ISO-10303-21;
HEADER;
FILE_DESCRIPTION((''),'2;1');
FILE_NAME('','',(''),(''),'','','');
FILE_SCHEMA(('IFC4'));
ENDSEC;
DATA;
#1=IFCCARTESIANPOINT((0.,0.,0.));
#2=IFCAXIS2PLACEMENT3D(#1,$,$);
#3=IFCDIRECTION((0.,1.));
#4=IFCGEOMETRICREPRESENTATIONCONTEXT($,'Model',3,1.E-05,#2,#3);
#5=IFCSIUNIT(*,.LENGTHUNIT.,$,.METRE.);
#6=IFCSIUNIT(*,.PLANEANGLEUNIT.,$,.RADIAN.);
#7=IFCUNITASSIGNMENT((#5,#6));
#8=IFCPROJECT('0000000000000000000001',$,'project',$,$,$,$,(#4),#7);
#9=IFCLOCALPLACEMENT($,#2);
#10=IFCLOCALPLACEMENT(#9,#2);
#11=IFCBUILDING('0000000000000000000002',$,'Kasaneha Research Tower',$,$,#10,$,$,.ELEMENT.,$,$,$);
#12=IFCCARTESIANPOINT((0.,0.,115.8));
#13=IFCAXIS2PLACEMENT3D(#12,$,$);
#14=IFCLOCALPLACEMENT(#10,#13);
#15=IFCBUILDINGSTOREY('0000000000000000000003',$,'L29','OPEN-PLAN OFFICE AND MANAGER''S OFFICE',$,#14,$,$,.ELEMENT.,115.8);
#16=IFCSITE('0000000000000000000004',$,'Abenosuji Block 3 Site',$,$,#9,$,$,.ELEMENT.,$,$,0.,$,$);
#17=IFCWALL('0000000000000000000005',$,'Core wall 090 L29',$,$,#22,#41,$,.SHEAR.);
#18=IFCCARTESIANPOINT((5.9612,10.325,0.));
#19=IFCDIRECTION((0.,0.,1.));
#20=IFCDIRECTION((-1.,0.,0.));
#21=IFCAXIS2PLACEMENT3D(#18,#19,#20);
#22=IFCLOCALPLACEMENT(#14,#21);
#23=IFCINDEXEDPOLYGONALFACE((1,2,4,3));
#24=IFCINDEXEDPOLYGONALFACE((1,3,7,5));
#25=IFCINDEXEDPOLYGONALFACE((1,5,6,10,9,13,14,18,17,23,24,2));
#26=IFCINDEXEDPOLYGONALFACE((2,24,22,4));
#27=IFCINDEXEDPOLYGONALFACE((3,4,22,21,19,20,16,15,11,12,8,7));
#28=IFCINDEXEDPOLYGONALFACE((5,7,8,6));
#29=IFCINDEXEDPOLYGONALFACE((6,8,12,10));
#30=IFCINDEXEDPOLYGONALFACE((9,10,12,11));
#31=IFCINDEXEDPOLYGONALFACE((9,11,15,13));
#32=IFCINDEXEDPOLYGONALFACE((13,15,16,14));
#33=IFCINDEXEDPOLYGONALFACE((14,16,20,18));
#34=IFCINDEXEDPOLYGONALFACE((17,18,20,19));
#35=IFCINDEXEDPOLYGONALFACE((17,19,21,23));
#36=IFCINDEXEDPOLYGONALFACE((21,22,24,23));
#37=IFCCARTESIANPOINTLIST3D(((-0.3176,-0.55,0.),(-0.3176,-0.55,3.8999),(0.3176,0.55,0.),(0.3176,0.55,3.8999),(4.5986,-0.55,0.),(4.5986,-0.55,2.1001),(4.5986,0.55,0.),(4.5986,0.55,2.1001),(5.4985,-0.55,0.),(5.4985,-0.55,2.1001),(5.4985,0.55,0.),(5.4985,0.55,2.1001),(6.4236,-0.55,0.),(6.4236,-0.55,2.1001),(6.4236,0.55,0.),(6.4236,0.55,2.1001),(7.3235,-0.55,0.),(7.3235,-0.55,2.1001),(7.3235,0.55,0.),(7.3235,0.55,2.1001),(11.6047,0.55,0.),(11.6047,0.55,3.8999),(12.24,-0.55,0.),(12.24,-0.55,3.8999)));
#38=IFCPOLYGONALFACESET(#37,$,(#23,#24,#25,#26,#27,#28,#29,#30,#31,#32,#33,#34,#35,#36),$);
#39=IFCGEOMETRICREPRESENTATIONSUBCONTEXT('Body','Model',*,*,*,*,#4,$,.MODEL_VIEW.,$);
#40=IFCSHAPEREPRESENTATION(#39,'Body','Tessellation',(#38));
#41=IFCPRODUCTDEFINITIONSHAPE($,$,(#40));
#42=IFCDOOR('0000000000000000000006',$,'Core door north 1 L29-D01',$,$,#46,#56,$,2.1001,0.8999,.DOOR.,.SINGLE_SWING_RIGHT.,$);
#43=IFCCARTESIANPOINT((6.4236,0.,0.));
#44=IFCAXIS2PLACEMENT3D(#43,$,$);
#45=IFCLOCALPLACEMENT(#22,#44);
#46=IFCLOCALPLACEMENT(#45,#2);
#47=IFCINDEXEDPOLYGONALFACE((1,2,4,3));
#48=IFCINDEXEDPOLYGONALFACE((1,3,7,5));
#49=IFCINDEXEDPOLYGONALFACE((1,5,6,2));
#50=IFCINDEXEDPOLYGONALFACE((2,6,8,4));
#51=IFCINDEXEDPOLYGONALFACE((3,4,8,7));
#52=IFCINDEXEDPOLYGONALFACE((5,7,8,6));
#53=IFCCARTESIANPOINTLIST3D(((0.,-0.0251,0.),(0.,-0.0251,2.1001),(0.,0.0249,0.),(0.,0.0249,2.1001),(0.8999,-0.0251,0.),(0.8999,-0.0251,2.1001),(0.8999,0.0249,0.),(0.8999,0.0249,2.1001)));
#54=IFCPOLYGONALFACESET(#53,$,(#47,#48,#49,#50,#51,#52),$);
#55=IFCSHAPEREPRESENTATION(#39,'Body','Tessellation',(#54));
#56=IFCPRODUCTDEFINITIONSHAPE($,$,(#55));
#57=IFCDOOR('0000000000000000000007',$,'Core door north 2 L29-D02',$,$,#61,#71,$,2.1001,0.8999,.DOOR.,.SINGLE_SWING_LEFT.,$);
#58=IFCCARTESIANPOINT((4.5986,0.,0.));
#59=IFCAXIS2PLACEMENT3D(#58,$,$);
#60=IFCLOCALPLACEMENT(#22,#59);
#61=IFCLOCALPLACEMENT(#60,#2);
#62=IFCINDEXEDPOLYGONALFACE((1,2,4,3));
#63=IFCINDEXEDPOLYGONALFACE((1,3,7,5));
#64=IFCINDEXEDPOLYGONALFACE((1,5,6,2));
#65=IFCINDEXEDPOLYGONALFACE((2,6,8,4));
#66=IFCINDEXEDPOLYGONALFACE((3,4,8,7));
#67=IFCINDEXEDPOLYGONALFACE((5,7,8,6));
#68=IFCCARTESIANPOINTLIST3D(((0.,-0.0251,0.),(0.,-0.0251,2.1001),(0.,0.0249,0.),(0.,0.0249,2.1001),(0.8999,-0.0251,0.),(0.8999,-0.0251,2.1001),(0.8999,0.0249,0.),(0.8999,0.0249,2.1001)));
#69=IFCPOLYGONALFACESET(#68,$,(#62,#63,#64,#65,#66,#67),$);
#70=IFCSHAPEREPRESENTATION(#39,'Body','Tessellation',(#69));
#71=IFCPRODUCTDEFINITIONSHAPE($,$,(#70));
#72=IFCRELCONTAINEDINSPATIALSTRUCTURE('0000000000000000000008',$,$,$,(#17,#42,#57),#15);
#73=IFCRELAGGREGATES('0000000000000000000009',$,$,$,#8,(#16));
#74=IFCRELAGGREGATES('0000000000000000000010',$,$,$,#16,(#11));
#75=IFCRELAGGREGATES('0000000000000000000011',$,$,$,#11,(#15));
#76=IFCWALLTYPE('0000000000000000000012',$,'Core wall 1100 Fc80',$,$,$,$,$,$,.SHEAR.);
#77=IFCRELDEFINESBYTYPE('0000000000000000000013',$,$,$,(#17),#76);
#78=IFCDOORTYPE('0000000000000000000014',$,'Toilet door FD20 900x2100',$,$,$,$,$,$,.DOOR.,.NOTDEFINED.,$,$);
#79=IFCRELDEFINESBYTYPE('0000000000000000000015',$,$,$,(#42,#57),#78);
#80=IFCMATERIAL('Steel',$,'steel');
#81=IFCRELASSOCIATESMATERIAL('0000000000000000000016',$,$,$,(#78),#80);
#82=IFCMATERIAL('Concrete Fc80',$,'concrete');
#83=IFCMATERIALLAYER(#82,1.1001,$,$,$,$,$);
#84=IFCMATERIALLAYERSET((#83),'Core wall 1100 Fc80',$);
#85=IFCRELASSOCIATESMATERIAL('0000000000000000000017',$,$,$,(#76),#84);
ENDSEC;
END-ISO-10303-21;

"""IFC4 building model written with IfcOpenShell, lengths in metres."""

from ifc_helpers import new_model, si_unit, direction, frame, frame_2d, origin, place, context, subcontext, project, spatial, polyline, rectangle, outline, extrude, material, layer, layer_set, type_object, element, fill, save


model = new_model("IFC4")

# Units and contexts
model_context = context("Model", 3, precision=1e-05, world=origin(), true_north=direction((0.0, 1.0)))
body_context = subcontext(model_context, "Body", "Model", "MODEL_VIEW")
ifc_project = project(units=[si_unit("LENGTHUNIT", "METRE"), si_unit("PLANEANGLEUNIT", "RADIAN")], contexts=[model_context])

# Site, building, storey
site_placement = place(None, origin())
site = spatial("IfcSite", under=ifc_project, at=site_placement, Name="Abenosuji Block 3 Site", CompositionType="ELEMENT", RefElevation=0.0)
building_placement = place(site_placement, origin())
building = spatial("IfcBuilding", under=site, at=building_placement, Name="Kasaneha Research Tower", CompositionType="ELEMENT")
storey_placement = place(building_placement, frame((0.0, 0.0, 115.8)))
storey = spatial("IfcBuildingStorey", under=building, at=storey_placement, Name="L29", Description="OPEN-PLAN OFFICE AND MANAGER'S OFFICE", CompositionType="ELEMENT", Elevation=115.8)

# Shared definitions
ifc_material_1 = material(Name="Steel", Category="steel")
door_type_1 = type_object("IfcDoorType", Name="Toilet door FD20 900x2100", OperationType="NOTDEFINED", PredefinedType="DOOR", material=ifc_material_1)

# Wall, openings, doors
ifc_material_2 = material(Name="Concrete Fc80", Category="concrete")
ifc_layer_1 = layer(ifc_material_2, 1.1001)
ifc_layer_set_1 = layer_set([ifc_layer_1], Name="Core wall 1100 Fc80")
wall_type_1 = type_object("IfcWallType", Name="Core wall 1100 Fc80", PredefinedType="SHEAR", material=ifc_layer_set_1)
wall_1_placement = place(storey_placement, frame((5.9612, 10.325, 0.0), z_axis=(0.0, 0.0, 1.0), x_axis=(-1.0, 0.0, 0.0)))
wall_1 = element("IfcWall", 1, at=wall_1_placement, inside=storey, type_object=wall_type_1, Name="Core wall 090 L29", PredefinedType="SHEAR", context=body_context, shape_type="SweptSolid", body=[
    extrude(outline(polyline([(-0.3176, -0.55), (4.5986, -0.55), (5.4985, -0.55), (6.4236, -0.55), (7.3235, -0.55), (12.24, -0.55), (11.6047, 0.55), (7.3235, 0.55), (6.4236, 0.55), (5.4985, 0.55), (4.5986, 0.55), (0.3176, 0.55), (-0.3176, -0.55)])), origin(), (0.0, 0.0, 1.0), 3.8999),
])
opening_1_placement = place(wall_1_placement, frame((6.4236, 0.0, 0.0)))
opening_1 = element("IfcOpeningElement", 2, at=opening_1_placement, cuts=wall_1, PredefinedType="OPENING", context=body_context, shape_type="SweptSolid", body=[
    extrude(rectangle(XDim=0.8999, YDim=2.1001, at=frame_2d((0.45, 1.05))), frame((0.0, 0.5601, 0.0), z_axis=(0.0, -1.0, 0.0), x_axis=(1.0, 0.0, 0.0)), (0.0, 0.0, 1.0), 1.1201),
])
opening_2_placement = place(wall_1_placement, frame((4.5986, 0.0, 0.0)))
opening_2 = element("IfcOpeningElement", 3, at=opening_2_placement, cuts=wall_1, PredefinedType="OPENING", context=body_context, shape_type="SweptSolid", body=[
    extrude(rectangle(XDim=0.8999, YDim=2.1001, at=frame_2d((0.45, 1.05))), frame((0.0, 0.5601, 0.0), z_axis=(0.0, -1.0, 0.0), x_axis=(1.0, 0.0, 0.0)), (0.0, 0.0, 1.0), 1.1201),
])
door_1_placement = place(opening_1_placement, origin())
door_1 = element("IfcDoor", 4, at=door_1_placement, inside=storey, type_object=door_type_1, Name="Core door north 1 L29-D01", OperationType="SINGLE_SWING_RIGHT", OverallHeight=2.1001, OverallWidth=0.8999, PredefinedType="DOOR", context=body_context, shape_type="SweptSolid", body=[
    extrude(rectangle(XDim=0.8999, YDim=2.1001, at=frame_2d((0.45, 1.05))), frame((0.0, 0.0249, 0.0), z_axis=(0.0, -1.0, 0.0), x_axis=(1.0, 0.0, 0.0)), (0.0, 0.0, 1.0), 0.05),
])
fill(opening_1, door_1)
door_2_placement = place(opening_2_placement, origin())
door_2 = element("IfcDoor", 5, at=door_2_placement, inside=storey, type_object=door_type_1, Name="Core door north 2 L29-D02", OperationType="SINGLE_SWING_LEFT", OverallHeight=2.1001, OverallWidth=0.8999, PredefinedType="DOOR", context=body_context, shape_type="SweptSolid", body=[
    extrude(rectangle(XDim=0.8999, YDim=2.1001, at=frame_2d((0.45, 1.05))), frame((0.0, 0.0249, 0.0), z_axis=(0.0, -1.0, 0.0), x_axis=(1.0, 0.0, 0.0)), (0.0, 0.0, 1.0), 0.05),
])
fill(opening_2, door_2)

save(model, "model.ifc")
